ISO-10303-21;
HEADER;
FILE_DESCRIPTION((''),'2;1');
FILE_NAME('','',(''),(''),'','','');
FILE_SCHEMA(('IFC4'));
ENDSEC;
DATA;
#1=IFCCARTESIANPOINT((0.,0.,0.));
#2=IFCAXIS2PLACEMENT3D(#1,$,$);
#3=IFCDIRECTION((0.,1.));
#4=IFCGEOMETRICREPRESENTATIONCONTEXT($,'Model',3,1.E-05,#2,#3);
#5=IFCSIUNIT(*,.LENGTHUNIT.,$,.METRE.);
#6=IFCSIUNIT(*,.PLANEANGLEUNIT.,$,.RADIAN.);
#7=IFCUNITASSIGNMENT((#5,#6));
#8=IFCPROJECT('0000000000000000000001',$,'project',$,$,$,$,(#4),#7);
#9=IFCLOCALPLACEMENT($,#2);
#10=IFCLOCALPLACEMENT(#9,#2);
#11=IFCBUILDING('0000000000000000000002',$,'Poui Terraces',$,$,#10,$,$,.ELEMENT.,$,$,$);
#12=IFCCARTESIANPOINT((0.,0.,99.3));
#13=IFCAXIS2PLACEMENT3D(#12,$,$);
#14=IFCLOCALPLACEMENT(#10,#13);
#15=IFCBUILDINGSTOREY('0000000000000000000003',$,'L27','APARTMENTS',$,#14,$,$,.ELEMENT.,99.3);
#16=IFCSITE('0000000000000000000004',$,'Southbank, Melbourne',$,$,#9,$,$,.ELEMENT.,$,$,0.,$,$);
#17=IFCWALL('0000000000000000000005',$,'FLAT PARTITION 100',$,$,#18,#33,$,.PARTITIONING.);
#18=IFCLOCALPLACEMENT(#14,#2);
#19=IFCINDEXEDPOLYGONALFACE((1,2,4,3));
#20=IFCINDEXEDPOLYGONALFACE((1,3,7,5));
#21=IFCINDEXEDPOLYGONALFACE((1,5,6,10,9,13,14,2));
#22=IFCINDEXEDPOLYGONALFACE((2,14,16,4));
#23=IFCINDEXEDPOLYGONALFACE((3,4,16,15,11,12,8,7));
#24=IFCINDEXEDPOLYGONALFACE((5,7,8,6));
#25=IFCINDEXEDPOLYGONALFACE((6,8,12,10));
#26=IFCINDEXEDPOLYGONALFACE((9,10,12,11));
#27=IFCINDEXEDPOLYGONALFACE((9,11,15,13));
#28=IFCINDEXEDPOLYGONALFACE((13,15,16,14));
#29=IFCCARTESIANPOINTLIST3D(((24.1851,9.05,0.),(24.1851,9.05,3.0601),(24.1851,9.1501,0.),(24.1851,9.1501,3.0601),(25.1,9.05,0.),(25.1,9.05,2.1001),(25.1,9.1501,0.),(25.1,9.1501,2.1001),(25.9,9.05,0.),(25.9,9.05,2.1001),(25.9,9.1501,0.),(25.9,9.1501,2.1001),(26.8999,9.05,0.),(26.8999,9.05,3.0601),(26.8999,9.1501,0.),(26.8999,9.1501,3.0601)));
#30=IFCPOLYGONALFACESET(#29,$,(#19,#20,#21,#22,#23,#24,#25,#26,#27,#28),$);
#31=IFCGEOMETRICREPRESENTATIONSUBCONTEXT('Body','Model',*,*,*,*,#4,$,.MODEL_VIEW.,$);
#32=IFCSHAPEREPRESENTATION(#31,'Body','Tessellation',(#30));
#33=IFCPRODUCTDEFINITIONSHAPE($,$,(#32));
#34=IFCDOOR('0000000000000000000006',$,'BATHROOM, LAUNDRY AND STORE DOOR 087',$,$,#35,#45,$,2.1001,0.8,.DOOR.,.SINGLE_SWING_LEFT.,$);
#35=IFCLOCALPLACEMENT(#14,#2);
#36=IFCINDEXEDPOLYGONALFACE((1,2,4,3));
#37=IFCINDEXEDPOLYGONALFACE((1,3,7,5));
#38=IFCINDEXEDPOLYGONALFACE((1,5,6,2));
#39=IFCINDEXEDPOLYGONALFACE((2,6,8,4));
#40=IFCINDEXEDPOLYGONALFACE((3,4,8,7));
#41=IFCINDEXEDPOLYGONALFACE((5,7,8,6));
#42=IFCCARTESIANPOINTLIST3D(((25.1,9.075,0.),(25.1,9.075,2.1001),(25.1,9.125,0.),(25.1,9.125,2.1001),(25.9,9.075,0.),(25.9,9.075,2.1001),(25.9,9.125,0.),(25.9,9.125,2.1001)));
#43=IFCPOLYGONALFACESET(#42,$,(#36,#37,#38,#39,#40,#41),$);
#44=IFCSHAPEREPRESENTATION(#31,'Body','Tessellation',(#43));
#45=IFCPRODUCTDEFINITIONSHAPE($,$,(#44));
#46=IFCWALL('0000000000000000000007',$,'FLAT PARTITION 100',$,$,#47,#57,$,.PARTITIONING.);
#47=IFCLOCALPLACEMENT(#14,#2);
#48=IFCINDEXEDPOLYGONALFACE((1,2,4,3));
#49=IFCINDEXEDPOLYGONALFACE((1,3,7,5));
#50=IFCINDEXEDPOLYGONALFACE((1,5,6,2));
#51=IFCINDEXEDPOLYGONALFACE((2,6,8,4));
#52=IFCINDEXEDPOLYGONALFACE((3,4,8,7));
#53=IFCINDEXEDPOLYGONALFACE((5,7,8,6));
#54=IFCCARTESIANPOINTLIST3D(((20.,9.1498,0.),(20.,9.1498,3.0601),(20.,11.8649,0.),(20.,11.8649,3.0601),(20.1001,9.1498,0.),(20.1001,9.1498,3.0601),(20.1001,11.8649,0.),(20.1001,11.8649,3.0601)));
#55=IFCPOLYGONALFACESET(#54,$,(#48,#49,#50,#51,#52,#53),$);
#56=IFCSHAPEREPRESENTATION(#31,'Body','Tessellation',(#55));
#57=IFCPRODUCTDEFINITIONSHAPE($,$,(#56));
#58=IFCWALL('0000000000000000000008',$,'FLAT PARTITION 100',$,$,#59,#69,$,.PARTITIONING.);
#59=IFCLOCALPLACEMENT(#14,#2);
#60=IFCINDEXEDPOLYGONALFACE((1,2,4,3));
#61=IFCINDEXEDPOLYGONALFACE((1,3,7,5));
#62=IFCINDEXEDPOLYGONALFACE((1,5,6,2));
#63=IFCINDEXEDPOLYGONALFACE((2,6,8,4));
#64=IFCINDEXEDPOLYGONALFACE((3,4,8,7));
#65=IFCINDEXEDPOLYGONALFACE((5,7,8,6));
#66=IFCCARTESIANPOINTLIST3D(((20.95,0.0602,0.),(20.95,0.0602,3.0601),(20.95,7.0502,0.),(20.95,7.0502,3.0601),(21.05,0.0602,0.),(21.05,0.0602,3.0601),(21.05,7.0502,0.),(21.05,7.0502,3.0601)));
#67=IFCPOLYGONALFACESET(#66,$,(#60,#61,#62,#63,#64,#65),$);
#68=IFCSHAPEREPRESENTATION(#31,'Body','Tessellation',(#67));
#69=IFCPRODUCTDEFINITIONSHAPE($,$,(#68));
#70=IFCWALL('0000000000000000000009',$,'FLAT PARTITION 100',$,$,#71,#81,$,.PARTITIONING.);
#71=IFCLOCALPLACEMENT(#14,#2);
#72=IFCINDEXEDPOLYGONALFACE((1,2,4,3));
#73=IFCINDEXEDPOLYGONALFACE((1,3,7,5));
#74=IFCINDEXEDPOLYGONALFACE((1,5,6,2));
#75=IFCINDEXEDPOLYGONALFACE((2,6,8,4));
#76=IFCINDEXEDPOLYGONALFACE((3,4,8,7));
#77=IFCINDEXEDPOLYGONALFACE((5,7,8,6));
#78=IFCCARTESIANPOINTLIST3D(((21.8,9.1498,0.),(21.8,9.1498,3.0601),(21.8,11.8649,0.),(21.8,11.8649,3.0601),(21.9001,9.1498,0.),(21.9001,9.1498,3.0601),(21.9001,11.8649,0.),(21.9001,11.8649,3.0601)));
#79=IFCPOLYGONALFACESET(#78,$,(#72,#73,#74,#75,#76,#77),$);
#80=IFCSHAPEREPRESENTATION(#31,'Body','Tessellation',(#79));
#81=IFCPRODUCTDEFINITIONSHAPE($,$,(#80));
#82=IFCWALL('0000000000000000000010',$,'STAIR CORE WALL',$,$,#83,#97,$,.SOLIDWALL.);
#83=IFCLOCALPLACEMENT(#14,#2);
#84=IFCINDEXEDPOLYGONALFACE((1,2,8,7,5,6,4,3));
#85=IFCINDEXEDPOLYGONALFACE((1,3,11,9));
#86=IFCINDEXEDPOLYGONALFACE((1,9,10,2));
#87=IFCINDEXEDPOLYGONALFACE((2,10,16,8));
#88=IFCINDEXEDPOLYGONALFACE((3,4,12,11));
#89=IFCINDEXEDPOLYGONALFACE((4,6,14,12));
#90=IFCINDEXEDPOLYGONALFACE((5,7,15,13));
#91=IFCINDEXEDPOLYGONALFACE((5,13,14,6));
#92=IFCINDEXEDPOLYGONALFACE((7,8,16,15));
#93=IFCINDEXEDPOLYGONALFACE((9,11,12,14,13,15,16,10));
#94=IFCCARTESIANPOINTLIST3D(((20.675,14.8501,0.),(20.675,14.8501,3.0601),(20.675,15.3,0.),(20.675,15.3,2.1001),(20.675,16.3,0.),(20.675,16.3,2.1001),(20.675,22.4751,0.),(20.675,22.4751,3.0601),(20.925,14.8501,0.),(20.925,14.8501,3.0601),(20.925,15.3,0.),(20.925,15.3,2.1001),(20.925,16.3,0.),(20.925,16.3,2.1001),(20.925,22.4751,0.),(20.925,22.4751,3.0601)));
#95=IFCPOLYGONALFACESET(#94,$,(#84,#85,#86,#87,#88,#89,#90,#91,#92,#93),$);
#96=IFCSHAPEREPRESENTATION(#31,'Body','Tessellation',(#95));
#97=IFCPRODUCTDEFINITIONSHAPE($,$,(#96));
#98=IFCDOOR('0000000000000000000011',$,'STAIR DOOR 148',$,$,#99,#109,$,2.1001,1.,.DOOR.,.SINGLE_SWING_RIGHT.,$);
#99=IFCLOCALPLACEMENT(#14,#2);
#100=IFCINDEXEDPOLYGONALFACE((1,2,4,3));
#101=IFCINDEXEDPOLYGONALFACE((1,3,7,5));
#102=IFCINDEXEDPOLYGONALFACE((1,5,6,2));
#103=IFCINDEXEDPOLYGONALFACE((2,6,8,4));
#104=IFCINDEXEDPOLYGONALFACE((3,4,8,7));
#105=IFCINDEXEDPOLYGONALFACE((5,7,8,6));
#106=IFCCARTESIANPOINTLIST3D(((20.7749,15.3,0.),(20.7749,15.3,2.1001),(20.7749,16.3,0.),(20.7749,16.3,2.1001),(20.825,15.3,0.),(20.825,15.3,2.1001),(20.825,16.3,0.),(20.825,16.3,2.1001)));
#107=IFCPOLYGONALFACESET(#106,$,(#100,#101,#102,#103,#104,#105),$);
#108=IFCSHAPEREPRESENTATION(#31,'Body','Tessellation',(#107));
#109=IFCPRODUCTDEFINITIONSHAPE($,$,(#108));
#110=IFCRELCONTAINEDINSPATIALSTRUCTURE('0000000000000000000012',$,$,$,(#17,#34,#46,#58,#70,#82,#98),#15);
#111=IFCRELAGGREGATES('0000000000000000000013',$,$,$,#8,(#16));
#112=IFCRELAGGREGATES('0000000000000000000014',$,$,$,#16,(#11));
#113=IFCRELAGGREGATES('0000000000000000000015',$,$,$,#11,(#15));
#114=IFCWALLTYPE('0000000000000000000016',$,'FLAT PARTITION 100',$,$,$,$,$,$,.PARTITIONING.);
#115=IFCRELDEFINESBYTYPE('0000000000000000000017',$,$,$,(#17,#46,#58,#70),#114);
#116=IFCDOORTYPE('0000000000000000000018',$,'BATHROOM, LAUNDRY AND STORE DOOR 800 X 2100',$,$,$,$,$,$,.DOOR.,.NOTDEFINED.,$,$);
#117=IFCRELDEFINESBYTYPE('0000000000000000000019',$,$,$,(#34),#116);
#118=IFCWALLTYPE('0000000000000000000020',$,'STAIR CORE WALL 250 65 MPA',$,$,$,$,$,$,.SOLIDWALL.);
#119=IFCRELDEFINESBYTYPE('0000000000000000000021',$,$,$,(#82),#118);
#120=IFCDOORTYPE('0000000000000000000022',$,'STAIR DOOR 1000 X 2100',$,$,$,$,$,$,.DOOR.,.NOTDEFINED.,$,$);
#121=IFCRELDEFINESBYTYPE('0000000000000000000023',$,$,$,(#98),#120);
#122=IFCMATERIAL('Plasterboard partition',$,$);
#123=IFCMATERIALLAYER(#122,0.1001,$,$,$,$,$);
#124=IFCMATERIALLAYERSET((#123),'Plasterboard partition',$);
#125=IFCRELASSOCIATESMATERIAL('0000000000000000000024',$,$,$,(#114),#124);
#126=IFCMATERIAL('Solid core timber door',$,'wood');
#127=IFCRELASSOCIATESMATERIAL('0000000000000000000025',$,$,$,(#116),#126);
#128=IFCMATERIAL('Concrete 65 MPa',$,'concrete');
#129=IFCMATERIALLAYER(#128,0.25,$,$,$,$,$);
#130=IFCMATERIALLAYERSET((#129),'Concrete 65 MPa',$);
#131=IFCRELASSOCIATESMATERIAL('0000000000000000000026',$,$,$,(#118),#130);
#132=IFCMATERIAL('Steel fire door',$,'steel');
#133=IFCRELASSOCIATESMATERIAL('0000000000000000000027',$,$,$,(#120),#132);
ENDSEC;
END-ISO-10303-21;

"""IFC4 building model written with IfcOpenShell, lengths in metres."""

from ifc_helpers import new_model, si_unit, direction, frame, frame_2d, origin, place, context, subcontext, project, spatial, rectangle, extrude, material, layer, layer_set, type_object, element, fill, save


model = new_model("IFC4")

# Units and contexts
model_context = context("Model", 3, precision=1e-05, world=origin(), true_north=direction((0.0, 1.0)))
body_context = subcontext(model_context, "Body", "Model", "MODEL_VIEW")
ifc_project = project(units=[si_unit("LENGTHUNIT", "METRE"), si_unit("PLANEANGLEUNIT", "RADIAN")], contexts=[model_context])

# Site, building, storey
site_placement = place(None, origin())
site = spatial("IfcSite", under=ifc_project, at=site_placement, Name="Southbank, Melbourne", CompositionType="ELEMENT", RefElevation=0.0)
building_placement = place(site_placement, origin())
building = spatial("IfcBuilding", under=site, at=building_placement, Name="Poui Terraces", CompositionType="ELEMENT")
storey_placement = place(building_placement, frame((0.0, 0.0, 99.3)))
storey = spatial("IfcBuildingStorey", under=building, at=storey_placement, Name="L27", Description="APARTMENTS", CompositionType="ELEMENT", Elevation=99.3)

# Shared definitions
ifc_material_1 = material(Name="Concrete 65 MPa", Category="concrete")

# Wall, opening, door
ifc_material_2 = material(Name="Solid core timber door", Category="wood")
ifc_material_3 = material(Name="Plasterboard partition")
ifc_layer_1 = layer(ifc_material_3, 0.1001)
ifc_layer_set_1 = layer_set([ifc_layer_1], Name="Plasterboard partition")
wall_type_1 = type_object("IfcWallType", Name="FLAT PARTITION 100", PredefinedType="PARTITIONING", material=ifc_layer_set_1)
door_type_1 = type_object("IfcDoorType", Name="BATHROOM, LAUNDRY AND STORE DOOR 800 X 2100", OperationType="NOTDEFINED", PredefinedType="DOOR", material=ifc_material_2)
wall_1_placement = place(storey_placement, frame((24.1851, 9.1001, 0.0), z_axis=(0.0, 0.0, 1.0), x_axis=(1.0, 0.0, 0.0)))
wall_1 = element("IfcWall", 1, at=wall_1_placement, inside=storey, type_object=wall_type_1, Name="FLAT PARTITION 100", PredefinedType="PARTITIONING", context=body_context, shape_type="SweptSolid", body=[
    extrude(rectangle(XDim=2.7148, YDim=0.1001, at=frame_2d((1.3574, 0.0))), origin(), (0.0, 0.0, 1.0), 3.0601),
])
opening_1_placement = place(wall_1_placement, frame((0.915, 0.0, 0.0)))
opening_1 = element("IfcOpeningElement", 2, at=opening_1_placement, cuts=wall_1, PredefinedType="OPENING", context=body_context, shape_type="SweptSolid", body=[
    extrude(rectangle(XDim=0.8, YDim=2.1001, at=frame_2d((0.3999, 1.05))), frame((0.0, 0.0601, 0.0), z_axis=(0.0, -1.0, 0.0), x_axis=(1.0, 0.0, 0.0)), (0.0, 0.0, 1.0), 0.1201),
])
door_1_placement = place(opening_1_placement, origin())
door_1 = element("IfcDoor", 3, at=door_1_placement, inside=storey, type_object=door_type_1, Name="BATHROOM, LAUNDRY AND STORE DOOR 087", OperationType="SINGLE_SWING_LEFT", OverallHeight=2.1001, OverallWidth=0.8, PredefinedType="DOOR", context=body_context, shape_type="SweptSolid", body=[
    extrude(rectangle(XDim=0.8, YDim=2.1001, at=frame_2d((0.3999, 1.05))), frame((0.0, 0.0249, 0.0), z_axis=(0.0, -1.0, 0.0), x_axis=(1.0, 0.0, 0.0)), (0.0, 0.0, 1.0), 0.05),
])
fill(opening_1, door_1)

# Walls
wall_2_placement = place(storey_placement, frame((20.05, 9.1499, 0.0), z_axis=(0.0, 0.0, 1.0), x_axis=(0.0, 1.0, 0.0)))
element("IfcWall", 4, at=wall_2_placement, inside=storey, type_object=wall_type_1, Name="FLAT PARTITION 100", PredefinedType="PARTITIONING", context=body_context, shape_type="SweptSolid", body=[
    extrude(rectangle(XDim=2.7151, YDim=0.1001, at=frame_2d((1.3574, 0.0))), origin(), (0.0, 0.0, 1.0), 3.0601),
])
wall_3_placement = place(storey_placement, frame((21.0, 0.0601, 0.0), z_axis=(0.0, 0.0, 1.0), x_axis=(0.0, 1.0, 0.0)))
element("IfcWall", 5, at=wall_3_placement, inside=storey, type_object=wall_type_1, Name="FLAT PARTITION 100", PredefinedType="PARTITIONING", context=body_context, shape_type="SweptSolid", body=[
    extrude(rectangle(XDim=6.99, YDim=0.1001, at=frame_2d((3.4951, 0.0))), origin(), (0.0, 0.0, 1.0), 3.0601),
])
wall_4_placement = place(storey_placement, frame((21.8501, 9.1499, 0.0), z_axis=(0.0, 0.0, 1.0), x_axis=(0.0, 1.0, 0.0)))
element("IfcWall", 6, at=wall_4_placement, inside=storey, type_object=wall_type_1, Name="FLAT PARTITION 100", PredefinedType="PARTITIONING", context=body_context, shape_type="SweptSolid", body=[
    extrude(rectangle(XDim=2.7151, YDim=0.1001, at=frame_2d((1.3574, 0.0))), origin(), (0.0, 0.0, 1.0), 3.0601),
])

# Wall, opening, door
ifc_layer_2 = layer(ifc_material_1, 0.25)
ifc_layer_set_2 = layer_set([ifc_layer_2], Name="Concrete 65 MPa")
wall_type_2 = type_object("IfcWallType", Name="STAIR CORE WALL 250 65 MPA", PredefinedType="SOLIDWALL", material=ifc_layer_set_2)
wall_5_placement = place(storey_placement, frame((20.8, 14.8501, 0.0), z_axis=(0.0, 0.0, 1.0), x_axis=(0.0, 1.0, 0.0)))
wall_5 = element("IfcWall", 7, at=wall_5_placement, inside=storey, type_object=wall_type_2, Name="STAIR CORE WALL", PredefinedType="SOLIDWALL", context=body_context, shape_type="SweptSolid", body=[
    extrude(rectangle(XDim=7.625, YDim=0.25, at=frame_2d((3.8125, 0.0))), origin(), (0.0, 0.0, 1.0), 3.0601),
])
opening_2_placement = place(wall_5_placement, frame((0.45, 0.0, 0.0)))
opening_2 = element("IfcOpeningElement", 8, at=opening_2_placement, cuts=wall_5, PredefinedType="OPENING", context=body_context, shape_type="SweptSolid", body=[
    extrude(rectangle(XDim=1.0, YDim=2.1001, at=frame_2d((0.5, 1.05))), frame((0.0, 0.135, 0.0), z_axis=(0.0, -1.0, 0.0), x_axis=(1.0, 0.0, 0.0)), (0.0, 0.0, 1.0), 0.27),
])
ifc_material_4 = material(Name="Steel fire door", Category="steel")
door_type_2 = type_object("IfcDoorType", Name="STAIR DOOR 1000 X 2100", OperationType="NOTDEFINED", PredefinedType="DOOR", material=ifc_material_4)
door_2_placement = place(opening_2_placement, frame((1.0, 0.0, 0.0), z_axis=(0.0, 0.0, 1.0), x_axis=(-1.0, 0.0, 0.0)))
door_2 = element("IfcDoor", 9, at=door_2_placement, inside=storey, type_object=door_type_2, Name="STAIR DOOR 148", OperationType="SINGLE_SWING_RIGHT", OverallHeight=2.1001, OverallWidth=1.0, PredefinedType="DOOR", context=body_context, shape_type="SweptSolid", body=[
    extrude(rectangle(XDim=1.0, YDim=2.1001, at=frame_2d((0.5, 1.05))), frame((0.0, 0.0249, 0.0), z_axis=(0.0, -1.0, 0.0), x_axis=(1.0, 0.0, 0.0)), (0.0, 0.0, 1.0), 0.05),
])
fill(opening_2, door_2)

save(model, "model.ifc")
